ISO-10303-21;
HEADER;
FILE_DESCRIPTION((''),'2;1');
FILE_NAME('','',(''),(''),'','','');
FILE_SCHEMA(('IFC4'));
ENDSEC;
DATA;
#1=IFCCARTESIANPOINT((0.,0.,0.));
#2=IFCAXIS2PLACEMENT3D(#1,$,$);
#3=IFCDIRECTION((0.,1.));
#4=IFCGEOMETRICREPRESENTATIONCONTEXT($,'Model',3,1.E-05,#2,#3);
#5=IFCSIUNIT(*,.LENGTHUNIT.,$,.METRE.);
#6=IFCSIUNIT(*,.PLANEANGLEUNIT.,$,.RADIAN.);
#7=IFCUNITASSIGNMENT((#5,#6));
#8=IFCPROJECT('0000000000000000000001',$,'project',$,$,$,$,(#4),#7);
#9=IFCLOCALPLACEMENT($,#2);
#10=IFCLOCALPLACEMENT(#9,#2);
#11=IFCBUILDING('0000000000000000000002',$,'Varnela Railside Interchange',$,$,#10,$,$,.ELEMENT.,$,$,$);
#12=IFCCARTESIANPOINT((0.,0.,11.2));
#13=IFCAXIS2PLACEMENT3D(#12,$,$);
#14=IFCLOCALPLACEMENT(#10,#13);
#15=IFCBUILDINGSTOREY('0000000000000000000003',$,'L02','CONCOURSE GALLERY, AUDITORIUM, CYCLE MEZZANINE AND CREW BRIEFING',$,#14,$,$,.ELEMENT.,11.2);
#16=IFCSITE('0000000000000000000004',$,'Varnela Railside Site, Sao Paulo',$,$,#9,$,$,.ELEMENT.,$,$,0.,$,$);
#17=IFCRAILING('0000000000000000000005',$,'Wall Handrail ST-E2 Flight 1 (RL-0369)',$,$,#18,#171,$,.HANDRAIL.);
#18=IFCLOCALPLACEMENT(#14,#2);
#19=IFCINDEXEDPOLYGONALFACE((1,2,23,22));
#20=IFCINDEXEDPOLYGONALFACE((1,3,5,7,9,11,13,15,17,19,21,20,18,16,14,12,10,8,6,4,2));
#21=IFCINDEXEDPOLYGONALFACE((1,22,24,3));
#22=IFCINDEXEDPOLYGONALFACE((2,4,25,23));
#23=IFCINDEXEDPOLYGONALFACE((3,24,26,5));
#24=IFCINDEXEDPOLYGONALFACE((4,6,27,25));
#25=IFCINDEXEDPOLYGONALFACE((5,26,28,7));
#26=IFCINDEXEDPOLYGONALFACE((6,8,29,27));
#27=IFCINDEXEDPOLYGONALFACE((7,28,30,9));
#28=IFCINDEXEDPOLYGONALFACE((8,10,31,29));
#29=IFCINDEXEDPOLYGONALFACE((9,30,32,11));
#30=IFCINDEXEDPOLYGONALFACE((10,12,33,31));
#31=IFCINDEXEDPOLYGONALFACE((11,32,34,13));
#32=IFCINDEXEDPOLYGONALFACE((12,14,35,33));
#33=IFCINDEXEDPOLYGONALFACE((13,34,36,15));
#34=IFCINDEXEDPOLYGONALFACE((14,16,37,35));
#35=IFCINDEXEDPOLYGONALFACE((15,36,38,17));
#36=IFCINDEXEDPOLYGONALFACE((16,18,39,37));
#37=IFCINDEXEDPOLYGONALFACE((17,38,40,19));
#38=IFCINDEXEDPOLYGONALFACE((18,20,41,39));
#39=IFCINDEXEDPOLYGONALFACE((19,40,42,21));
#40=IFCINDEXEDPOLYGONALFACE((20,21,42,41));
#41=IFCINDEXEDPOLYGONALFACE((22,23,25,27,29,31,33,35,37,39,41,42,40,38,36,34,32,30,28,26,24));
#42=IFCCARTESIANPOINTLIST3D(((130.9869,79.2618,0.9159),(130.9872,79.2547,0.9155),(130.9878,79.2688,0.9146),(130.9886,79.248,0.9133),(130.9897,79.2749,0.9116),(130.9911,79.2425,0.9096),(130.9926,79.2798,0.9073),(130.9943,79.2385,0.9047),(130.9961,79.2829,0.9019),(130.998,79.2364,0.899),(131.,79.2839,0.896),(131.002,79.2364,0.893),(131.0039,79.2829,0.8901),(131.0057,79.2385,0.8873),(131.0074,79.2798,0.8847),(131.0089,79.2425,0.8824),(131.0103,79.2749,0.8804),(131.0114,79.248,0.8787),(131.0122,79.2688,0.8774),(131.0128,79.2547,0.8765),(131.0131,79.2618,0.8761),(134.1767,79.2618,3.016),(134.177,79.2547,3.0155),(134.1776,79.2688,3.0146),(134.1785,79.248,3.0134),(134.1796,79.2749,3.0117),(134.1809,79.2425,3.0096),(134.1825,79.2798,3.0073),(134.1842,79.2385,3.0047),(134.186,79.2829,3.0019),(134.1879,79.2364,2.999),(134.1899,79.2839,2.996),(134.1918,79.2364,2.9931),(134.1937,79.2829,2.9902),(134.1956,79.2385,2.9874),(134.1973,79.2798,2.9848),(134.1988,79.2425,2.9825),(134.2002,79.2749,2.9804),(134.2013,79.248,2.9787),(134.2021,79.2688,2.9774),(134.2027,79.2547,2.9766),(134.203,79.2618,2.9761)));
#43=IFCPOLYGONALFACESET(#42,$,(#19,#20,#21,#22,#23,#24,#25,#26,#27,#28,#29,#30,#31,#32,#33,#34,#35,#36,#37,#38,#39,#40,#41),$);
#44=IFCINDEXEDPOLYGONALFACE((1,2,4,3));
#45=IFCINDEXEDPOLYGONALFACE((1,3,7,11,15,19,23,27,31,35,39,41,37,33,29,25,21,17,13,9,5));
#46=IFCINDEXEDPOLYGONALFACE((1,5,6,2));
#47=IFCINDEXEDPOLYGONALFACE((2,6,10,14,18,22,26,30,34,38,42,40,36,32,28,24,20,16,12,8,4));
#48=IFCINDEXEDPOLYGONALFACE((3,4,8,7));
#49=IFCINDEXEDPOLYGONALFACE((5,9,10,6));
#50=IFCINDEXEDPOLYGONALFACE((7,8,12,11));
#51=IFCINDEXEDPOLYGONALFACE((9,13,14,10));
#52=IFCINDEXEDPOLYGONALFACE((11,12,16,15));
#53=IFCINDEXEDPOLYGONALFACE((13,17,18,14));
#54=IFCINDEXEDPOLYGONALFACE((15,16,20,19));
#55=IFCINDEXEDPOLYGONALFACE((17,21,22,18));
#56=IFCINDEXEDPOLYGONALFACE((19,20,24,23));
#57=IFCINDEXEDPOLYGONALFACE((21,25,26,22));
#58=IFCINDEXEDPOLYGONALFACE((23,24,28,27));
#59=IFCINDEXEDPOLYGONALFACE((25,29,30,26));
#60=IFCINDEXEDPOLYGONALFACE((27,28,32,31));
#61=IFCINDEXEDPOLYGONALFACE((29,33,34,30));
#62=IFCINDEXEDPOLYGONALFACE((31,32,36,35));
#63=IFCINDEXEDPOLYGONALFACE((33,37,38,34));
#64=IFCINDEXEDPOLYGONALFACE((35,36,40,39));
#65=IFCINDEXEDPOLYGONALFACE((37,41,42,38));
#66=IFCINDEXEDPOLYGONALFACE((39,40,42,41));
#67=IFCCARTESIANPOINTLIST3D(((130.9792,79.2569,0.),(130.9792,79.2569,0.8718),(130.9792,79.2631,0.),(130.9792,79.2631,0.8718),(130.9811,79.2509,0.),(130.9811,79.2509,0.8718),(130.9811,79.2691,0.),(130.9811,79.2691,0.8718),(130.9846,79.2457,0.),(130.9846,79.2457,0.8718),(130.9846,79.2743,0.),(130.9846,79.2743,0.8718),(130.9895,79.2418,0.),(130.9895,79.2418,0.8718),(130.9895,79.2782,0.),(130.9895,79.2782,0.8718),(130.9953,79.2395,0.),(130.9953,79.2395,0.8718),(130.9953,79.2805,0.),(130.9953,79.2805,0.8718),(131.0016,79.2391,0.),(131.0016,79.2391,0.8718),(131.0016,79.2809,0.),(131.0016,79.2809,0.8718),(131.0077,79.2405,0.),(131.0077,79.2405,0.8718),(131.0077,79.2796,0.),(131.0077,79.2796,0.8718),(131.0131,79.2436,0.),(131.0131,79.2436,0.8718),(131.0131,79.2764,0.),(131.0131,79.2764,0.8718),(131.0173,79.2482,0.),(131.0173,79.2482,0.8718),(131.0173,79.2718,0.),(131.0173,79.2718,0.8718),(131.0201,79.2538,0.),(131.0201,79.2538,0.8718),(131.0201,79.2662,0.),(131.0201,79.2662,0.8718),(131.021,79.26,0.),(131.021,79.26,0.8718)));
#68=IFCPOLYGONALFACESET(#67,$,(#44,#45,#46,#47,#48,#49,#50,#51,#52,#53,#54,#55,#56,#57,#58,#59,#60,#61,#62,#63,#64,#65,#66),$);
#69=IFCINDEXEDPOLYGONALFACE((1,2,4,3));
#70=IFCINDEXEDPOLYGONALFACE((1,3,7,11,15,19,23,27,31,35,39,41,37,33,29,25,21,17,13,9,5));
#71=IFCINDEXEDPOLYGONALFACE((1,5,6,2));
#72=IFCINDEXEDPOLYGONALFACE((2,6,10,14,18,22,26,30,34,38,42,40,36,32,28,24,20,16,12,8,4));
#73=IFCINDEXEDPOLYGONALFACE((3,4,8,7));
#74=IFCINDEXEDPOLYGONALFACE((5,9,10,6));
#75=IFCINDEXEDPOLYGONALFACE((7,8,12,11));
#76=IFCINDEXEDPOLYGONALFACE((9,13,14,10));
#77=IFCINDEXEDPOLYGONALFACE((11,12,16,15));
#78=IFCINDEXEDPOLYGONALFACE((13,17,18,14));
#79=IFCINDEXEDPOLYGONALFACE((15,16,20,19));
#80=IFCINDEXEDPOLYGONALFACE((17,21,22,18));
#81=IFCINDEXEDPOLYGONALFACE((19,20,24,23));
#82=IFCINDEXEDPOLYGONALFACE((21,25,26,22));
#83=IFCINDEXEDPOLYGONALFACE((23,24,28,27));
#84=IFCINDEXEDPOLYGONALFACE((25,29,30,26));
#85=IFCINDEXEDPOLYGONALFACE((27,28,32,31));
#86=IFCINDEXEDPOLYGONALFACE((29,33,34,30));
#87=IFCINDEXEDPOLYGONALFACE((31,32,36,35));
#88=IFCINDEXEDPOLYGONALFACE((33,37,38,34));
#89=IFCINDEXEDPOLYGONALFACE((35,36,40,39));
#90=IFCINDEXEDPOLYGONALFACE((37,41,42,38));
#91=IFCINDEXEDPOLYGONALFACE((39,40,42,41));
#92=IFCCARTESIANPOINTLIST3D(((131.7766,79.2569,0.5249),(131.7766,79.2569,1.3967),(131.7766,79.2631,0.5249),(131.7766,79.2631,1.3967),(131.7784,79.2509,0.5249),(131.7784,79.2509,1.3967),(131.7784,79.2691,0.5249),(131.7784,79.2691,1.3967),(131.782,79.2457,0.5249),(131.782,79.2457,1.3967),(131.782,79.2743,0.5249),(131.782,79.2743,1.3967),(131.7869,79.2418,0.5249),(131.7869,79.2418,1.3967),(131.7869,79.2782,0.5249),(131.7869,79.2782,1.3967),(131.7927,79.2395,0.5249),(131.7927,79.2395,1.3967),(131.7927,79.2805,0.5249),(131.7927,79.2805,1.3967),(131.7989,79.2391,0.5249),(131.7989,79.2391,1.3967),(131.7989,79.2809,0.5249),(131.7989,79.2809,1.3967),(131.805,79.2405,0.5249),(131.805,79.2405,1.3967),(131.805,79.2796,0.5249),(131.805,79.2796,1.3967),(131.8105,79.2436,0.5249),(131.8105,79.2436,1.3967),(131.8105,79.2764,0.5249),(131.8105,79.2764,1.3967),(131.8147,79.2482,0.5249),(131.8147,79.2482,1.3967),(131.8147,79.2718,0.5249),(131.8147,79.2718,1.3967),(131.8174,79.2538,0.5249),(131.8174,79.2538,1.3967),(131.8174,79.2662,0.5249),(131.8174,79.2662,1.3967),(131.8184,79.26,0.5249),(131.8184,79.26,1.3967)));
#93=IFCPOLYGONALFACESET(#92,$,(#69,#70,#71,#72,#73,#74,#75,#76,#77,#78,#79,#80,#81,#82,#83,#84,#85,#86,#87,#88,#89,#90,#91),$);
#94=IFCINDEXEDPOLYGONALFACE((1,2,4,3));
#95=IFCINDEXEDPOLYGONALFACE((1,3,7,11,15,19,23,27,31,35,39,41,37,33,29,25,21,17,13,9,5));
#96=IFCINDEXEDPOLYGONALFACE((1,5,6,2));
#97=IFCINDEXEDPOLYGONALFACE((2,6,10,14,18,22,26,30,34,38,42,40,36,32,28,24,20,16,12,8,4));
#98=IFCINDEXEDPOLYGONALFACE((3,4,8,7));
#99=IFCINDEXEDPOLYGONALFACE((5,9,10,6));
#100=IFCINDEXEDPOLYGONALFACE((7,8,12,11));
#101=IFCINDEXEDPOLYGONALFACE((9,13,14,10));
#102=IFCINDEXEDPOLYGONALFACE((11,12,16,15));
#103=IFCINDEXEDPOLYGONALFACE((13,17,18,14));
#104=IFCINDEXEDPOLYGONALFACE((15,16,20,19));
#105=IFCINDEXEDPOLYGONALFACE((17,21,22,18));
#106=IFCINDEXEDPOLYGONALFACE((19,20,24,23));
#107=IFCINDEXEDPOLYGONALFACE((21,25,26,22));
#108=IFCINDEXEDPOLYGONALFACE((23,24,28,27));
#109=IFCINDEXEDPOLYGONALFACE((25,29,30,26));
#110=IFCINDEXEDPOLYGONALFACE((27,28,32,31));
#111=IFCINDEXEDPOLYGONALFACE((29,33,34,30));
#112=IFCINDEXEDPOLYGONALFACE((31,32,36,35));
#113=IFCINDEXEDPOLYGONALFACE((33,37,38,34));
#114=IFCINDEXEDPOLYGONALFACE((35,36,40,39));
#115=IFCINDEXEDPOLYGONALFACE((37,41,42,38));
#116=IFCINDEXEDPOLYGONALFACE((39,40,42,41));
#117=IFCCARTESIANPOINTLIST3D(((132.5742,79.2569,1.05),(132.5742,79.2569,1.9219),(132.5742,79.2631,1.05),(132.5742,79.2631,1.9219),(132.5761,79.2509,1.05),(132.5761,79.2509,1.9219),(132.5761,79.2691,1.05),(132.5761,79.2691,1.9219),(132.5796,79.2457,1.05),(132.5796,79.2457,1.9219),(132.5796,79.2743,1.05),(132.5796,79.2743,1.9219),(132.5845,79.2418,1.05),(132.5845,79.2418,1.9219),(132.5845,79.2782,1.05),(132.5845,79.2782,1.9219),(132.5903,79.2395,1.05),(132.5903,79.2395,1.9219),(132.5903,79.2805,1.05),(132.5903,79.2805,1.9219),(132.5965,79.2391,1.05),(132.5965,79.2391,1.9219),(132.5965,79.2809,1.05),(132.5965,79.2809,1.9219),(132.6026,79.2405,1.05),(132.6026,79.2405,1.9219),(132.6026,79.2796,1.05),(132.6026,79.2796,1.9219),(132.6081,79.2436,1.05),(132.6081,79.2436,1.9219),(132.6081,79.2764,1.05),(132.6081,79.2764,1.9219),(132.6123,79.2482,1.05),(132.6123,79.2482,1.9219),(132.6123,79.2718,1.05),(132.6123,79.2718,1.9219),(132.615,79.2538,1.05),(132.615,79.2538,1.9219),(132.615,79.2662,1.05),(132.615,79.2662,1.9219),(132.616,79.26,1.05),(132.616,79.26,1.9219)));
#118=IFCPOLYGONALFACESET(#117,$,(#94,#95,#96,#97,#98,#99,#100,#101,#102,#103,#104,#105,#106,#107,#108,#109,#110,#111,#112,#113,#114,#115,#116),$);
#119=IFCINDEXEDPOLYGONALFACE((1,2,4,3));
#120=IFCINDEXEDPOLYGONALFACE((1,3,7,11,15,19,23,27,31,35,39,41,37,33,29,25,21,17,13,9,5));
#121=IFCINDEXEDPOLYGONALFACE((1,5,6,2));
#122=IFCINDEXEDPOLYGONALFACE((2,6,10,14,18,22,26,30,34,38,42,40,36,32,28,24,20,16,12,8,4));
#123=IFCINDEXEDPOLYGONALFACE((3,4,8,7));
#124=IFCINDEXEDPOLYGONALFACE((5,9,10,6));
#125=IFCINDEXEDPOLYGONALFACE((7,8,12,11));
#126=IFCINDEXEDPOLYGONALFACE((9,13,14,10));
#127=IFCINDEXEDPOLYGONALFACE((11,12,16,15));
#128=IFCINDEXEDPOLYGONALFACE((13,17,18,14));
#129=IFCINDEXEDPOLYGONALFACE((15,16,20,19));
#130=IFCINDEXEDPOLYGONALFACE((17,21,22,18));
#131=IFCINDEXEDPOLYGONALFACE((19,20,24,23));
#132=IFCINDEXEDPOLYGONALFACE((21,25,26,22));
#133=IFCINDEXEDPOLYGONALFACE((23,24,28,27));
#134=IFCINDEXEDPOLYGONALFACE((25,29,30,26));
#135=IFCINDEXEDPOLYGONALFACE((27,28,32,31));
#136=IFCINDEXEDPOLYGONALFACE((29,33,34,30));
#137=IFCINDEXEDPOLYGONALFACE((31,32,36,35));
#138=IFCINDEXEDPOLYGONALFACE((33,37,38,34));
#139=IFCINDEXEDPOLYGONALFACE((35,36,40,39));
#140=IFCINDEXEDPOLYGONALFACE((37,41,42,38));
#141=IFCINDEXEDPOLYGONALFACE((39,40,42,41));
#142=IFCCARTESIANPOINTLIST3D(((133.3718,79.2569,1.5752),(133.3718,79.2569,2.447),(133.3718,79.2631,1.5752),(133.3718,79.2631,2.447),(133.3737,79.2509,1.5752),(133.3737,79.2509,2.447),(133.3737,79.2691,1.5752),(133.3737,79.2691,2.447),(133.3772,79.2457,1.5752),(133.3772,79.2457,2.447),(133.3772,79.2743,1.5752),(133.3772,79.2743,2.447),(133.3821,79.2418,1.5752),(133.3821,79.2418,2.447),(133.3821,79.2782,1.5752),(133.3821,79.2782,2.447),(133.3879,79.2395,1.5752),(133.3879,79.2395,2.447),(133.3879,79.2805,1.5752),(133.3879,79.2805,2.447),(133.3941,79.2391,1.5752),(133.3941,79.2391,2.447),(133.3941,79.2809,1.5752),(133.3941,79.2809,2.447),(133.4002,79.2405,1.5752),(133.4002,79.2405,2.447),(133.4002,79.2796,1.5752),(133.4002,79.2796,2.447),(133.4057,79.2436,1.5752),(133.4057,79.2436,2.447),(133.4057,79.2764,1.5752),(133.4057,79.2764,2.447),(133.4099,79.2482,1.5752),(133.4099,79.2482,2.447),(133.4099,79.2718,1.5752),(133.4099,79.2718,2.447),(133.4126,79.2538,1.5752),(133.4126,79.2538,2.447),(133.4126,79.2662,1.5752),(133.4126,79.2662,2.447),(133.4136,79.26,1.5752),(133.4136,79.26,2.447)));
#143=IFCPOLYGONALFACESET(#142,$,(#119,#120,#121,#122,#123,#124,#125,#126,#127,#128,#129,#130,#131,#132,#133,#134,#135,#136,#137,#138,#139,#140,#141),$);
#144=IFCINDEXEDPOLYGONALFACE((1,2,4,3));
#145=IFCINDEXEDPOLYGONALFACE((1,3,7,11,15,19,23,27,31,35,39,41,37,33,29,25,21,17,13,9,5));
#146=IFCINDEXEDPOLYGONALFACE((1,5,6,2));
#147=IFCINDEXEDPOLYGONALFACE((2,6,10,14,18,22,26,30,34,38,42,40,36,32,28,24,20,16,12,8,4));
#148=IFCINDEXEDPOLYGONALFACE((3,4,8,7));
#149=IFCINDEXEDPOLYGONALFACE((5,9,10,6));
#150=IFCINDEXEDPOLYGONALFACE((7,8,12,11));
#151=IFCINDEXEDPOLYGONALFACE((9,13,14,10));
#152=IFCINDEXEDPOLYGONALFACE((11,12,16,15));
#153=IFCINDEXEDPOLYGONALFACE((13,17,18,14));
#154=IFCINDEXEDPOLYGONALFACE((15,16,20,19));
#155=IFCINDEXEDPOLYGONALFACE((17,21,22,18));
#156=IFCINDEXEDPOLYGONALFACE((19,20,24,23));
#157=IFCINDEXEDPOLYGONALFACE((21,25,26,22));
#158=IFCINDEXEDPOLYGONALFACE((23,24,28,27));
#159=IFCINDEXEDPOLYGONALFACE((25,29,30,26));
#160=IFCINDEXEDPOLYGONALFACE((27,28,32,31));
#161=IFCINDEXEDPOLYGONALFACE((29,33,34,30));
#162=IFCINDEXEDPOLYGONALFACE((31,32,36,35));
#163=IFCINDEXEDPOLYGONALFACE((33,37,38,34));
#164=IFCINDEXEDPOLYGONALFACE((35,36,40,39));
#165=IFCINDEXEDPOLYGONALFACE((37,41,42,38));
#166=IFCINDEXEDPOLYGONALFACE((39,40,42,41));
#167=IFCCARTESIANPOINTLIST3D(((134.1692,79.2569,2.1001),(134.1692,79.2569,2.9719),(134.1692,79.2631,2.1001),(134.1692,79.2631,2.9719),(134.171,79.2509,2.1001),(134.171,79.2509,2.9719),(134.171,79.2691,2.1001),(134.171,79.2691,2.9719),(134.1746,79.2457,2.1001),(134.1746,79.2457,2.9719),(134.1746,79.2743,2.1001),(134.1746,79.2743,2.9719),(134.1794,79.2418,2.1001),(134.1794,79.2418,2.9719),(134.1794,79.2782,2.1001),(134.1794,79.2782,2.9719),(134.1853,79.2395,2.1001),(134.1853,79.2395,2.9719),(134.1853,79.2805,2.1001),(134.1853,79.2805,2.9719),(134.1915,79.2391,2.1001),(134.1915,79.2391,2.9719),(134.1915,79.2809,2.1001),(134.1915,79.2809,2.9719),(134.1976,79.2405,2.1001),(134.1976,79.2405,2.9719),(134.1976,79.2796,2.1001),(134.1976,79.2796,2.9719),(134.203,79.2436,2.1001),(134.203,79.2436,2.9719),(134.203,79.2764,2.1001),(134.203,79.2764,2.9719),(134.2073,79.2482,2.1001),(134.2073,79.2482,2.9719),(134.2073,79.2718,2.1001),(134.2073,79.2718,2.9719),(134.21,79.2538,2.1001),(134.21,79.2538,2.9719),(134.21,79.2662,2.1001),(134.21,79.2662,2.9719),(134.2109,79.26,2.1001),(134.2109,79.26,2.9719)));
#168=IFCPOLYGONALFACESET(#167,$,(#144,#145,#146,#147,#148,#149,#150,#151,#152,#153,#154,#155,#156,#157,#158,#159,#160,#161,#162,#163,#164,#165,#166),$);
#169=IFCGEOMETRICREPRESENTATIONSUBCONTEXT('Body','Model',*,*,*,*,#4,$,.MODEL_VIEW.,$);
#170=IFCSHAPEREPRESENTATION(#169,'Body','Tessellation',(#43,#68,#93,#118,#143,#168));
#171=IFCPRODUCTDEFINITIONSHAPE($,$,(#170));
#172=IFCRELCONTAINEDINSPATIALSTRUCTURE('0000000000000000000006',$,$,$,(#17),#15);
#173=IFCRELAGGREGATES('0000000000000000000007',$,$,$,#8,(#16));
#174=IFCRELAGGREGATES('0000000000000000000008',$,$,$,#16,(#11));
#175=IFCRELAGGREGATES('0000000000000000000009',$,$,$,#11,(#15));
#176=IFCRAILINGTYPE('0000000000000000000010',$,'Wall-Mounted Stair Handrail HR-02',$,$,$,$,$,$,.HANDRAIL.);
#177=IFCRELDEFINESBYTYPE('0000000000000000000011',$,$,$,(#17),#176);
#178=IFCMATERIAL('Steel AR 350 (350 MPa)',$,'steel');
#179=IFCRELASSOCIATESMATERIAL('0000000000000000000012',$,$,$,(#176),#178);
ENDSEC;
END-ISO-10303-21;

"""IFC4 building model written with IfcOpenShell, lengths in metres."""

from ifc_helpers import new_model, si_unit, direction, frame, origin, origin_2d, place, context, subcontext, project, spatial, circle, extrude, material, type_object, element, save


model = new_model("IFC4")

# Units and contexts
model_context = context("Model", 3, precision=1e-05, world=origin(), true_north=direction((0.0, 1.0)))
body_context = subcontext(model_context, "Body", "Model", "MODEL_VIEW")
ifc_project = project(units=[si_unit("LENGTHUNIT", "METRE"), si_unit("PLANEANGLEUNIT", "RADIAN")], contexts=[model_context])

# Site, building, storey
site_placement = place(None, origin())
site = spatial("IfcSite", under=ifc_project, at=site_placement, Name="Varnela Railside Site, Sao Paulo", CompositionType="ELEMENT", RefElevation=0.0)
building_placement = place(site_placement, origin())
building = spatial("IfcBuilding", under=site, at=building_placement, Name="Varnela Railside Interchange", CompositionType="ELEMENT")
storey_placement = place(building_placement, frame((0.0, 0.0, 11.2)))
storey = spatial("IfcBuildingStorey", under=building, at=storey_placement, Name="L02", Description="CONCOURSE GALLERY, AUDITORIUM, CYCLE MEZZANINE AND CREW BRIEFING", CompositionType="ELEMENT", Elevation=11.2)

# Shared definitions
ifc_material_1 = material(Name="Steel AR 350 (350 MPa)", Category="steel")

# Railing
railing_type_1 = type_object("IfcRailingType", Name="Wall-Mounted Stair Handrail HR-02", PredefinedType="HANDRAIL", material=ifc_material_1)
railing_1_placement = place(storey_placement, frame((131.0, 79.26, 0.0)))
element("IfcRailing", 1, at=railing_1_placement, inside=storey, type_object=railing_type_1, Name="Wall Handrail ST-E2 Flight 1 (RL-0369)", PredefinedType="HANDRAIL", context=body_context, shape_type="SweptSolid", body=[
    extrude(circle(Radius=0.0239, at=origin_2d()), frame((0.0, 0.0, 0.896), z_axis=(0.835242, 0.0, 0.549882), x_axis=(0.0, 1.0, 0.0)), (0.0, 0.0, 1.0), 3.8191),
    extrude(circle(Radius=0.021, at=origin_2d()), origin(), (0.0, 0.0, 1.0), 0.8718),
    extrude(circle(Radius=0.021, at=origin_2d()), frame((0.7974, 0.0, 0.5249)), (0.0, 0.0, 1.0), 0.8718),
    extrude(circle(Radius=0.021, at=origin_2d()), frame((1.595, 0.0, 1.05)), (0.0, 0.0, 1.0), 0.8718),
    extrude(circle(Radius=0.021, at=origin_2d()), frame((2.3926, 0.0, 1.5752)), (0.0, 0.0, 1.0), 0.8718),
    extrude(circle(Radius=0.021, at=origin_2d()), frame((3.1899, 0.0, 2.1001)), (0.0, 0.0, 1.0), 0.8718),
])

save(model, "model.ifc")
